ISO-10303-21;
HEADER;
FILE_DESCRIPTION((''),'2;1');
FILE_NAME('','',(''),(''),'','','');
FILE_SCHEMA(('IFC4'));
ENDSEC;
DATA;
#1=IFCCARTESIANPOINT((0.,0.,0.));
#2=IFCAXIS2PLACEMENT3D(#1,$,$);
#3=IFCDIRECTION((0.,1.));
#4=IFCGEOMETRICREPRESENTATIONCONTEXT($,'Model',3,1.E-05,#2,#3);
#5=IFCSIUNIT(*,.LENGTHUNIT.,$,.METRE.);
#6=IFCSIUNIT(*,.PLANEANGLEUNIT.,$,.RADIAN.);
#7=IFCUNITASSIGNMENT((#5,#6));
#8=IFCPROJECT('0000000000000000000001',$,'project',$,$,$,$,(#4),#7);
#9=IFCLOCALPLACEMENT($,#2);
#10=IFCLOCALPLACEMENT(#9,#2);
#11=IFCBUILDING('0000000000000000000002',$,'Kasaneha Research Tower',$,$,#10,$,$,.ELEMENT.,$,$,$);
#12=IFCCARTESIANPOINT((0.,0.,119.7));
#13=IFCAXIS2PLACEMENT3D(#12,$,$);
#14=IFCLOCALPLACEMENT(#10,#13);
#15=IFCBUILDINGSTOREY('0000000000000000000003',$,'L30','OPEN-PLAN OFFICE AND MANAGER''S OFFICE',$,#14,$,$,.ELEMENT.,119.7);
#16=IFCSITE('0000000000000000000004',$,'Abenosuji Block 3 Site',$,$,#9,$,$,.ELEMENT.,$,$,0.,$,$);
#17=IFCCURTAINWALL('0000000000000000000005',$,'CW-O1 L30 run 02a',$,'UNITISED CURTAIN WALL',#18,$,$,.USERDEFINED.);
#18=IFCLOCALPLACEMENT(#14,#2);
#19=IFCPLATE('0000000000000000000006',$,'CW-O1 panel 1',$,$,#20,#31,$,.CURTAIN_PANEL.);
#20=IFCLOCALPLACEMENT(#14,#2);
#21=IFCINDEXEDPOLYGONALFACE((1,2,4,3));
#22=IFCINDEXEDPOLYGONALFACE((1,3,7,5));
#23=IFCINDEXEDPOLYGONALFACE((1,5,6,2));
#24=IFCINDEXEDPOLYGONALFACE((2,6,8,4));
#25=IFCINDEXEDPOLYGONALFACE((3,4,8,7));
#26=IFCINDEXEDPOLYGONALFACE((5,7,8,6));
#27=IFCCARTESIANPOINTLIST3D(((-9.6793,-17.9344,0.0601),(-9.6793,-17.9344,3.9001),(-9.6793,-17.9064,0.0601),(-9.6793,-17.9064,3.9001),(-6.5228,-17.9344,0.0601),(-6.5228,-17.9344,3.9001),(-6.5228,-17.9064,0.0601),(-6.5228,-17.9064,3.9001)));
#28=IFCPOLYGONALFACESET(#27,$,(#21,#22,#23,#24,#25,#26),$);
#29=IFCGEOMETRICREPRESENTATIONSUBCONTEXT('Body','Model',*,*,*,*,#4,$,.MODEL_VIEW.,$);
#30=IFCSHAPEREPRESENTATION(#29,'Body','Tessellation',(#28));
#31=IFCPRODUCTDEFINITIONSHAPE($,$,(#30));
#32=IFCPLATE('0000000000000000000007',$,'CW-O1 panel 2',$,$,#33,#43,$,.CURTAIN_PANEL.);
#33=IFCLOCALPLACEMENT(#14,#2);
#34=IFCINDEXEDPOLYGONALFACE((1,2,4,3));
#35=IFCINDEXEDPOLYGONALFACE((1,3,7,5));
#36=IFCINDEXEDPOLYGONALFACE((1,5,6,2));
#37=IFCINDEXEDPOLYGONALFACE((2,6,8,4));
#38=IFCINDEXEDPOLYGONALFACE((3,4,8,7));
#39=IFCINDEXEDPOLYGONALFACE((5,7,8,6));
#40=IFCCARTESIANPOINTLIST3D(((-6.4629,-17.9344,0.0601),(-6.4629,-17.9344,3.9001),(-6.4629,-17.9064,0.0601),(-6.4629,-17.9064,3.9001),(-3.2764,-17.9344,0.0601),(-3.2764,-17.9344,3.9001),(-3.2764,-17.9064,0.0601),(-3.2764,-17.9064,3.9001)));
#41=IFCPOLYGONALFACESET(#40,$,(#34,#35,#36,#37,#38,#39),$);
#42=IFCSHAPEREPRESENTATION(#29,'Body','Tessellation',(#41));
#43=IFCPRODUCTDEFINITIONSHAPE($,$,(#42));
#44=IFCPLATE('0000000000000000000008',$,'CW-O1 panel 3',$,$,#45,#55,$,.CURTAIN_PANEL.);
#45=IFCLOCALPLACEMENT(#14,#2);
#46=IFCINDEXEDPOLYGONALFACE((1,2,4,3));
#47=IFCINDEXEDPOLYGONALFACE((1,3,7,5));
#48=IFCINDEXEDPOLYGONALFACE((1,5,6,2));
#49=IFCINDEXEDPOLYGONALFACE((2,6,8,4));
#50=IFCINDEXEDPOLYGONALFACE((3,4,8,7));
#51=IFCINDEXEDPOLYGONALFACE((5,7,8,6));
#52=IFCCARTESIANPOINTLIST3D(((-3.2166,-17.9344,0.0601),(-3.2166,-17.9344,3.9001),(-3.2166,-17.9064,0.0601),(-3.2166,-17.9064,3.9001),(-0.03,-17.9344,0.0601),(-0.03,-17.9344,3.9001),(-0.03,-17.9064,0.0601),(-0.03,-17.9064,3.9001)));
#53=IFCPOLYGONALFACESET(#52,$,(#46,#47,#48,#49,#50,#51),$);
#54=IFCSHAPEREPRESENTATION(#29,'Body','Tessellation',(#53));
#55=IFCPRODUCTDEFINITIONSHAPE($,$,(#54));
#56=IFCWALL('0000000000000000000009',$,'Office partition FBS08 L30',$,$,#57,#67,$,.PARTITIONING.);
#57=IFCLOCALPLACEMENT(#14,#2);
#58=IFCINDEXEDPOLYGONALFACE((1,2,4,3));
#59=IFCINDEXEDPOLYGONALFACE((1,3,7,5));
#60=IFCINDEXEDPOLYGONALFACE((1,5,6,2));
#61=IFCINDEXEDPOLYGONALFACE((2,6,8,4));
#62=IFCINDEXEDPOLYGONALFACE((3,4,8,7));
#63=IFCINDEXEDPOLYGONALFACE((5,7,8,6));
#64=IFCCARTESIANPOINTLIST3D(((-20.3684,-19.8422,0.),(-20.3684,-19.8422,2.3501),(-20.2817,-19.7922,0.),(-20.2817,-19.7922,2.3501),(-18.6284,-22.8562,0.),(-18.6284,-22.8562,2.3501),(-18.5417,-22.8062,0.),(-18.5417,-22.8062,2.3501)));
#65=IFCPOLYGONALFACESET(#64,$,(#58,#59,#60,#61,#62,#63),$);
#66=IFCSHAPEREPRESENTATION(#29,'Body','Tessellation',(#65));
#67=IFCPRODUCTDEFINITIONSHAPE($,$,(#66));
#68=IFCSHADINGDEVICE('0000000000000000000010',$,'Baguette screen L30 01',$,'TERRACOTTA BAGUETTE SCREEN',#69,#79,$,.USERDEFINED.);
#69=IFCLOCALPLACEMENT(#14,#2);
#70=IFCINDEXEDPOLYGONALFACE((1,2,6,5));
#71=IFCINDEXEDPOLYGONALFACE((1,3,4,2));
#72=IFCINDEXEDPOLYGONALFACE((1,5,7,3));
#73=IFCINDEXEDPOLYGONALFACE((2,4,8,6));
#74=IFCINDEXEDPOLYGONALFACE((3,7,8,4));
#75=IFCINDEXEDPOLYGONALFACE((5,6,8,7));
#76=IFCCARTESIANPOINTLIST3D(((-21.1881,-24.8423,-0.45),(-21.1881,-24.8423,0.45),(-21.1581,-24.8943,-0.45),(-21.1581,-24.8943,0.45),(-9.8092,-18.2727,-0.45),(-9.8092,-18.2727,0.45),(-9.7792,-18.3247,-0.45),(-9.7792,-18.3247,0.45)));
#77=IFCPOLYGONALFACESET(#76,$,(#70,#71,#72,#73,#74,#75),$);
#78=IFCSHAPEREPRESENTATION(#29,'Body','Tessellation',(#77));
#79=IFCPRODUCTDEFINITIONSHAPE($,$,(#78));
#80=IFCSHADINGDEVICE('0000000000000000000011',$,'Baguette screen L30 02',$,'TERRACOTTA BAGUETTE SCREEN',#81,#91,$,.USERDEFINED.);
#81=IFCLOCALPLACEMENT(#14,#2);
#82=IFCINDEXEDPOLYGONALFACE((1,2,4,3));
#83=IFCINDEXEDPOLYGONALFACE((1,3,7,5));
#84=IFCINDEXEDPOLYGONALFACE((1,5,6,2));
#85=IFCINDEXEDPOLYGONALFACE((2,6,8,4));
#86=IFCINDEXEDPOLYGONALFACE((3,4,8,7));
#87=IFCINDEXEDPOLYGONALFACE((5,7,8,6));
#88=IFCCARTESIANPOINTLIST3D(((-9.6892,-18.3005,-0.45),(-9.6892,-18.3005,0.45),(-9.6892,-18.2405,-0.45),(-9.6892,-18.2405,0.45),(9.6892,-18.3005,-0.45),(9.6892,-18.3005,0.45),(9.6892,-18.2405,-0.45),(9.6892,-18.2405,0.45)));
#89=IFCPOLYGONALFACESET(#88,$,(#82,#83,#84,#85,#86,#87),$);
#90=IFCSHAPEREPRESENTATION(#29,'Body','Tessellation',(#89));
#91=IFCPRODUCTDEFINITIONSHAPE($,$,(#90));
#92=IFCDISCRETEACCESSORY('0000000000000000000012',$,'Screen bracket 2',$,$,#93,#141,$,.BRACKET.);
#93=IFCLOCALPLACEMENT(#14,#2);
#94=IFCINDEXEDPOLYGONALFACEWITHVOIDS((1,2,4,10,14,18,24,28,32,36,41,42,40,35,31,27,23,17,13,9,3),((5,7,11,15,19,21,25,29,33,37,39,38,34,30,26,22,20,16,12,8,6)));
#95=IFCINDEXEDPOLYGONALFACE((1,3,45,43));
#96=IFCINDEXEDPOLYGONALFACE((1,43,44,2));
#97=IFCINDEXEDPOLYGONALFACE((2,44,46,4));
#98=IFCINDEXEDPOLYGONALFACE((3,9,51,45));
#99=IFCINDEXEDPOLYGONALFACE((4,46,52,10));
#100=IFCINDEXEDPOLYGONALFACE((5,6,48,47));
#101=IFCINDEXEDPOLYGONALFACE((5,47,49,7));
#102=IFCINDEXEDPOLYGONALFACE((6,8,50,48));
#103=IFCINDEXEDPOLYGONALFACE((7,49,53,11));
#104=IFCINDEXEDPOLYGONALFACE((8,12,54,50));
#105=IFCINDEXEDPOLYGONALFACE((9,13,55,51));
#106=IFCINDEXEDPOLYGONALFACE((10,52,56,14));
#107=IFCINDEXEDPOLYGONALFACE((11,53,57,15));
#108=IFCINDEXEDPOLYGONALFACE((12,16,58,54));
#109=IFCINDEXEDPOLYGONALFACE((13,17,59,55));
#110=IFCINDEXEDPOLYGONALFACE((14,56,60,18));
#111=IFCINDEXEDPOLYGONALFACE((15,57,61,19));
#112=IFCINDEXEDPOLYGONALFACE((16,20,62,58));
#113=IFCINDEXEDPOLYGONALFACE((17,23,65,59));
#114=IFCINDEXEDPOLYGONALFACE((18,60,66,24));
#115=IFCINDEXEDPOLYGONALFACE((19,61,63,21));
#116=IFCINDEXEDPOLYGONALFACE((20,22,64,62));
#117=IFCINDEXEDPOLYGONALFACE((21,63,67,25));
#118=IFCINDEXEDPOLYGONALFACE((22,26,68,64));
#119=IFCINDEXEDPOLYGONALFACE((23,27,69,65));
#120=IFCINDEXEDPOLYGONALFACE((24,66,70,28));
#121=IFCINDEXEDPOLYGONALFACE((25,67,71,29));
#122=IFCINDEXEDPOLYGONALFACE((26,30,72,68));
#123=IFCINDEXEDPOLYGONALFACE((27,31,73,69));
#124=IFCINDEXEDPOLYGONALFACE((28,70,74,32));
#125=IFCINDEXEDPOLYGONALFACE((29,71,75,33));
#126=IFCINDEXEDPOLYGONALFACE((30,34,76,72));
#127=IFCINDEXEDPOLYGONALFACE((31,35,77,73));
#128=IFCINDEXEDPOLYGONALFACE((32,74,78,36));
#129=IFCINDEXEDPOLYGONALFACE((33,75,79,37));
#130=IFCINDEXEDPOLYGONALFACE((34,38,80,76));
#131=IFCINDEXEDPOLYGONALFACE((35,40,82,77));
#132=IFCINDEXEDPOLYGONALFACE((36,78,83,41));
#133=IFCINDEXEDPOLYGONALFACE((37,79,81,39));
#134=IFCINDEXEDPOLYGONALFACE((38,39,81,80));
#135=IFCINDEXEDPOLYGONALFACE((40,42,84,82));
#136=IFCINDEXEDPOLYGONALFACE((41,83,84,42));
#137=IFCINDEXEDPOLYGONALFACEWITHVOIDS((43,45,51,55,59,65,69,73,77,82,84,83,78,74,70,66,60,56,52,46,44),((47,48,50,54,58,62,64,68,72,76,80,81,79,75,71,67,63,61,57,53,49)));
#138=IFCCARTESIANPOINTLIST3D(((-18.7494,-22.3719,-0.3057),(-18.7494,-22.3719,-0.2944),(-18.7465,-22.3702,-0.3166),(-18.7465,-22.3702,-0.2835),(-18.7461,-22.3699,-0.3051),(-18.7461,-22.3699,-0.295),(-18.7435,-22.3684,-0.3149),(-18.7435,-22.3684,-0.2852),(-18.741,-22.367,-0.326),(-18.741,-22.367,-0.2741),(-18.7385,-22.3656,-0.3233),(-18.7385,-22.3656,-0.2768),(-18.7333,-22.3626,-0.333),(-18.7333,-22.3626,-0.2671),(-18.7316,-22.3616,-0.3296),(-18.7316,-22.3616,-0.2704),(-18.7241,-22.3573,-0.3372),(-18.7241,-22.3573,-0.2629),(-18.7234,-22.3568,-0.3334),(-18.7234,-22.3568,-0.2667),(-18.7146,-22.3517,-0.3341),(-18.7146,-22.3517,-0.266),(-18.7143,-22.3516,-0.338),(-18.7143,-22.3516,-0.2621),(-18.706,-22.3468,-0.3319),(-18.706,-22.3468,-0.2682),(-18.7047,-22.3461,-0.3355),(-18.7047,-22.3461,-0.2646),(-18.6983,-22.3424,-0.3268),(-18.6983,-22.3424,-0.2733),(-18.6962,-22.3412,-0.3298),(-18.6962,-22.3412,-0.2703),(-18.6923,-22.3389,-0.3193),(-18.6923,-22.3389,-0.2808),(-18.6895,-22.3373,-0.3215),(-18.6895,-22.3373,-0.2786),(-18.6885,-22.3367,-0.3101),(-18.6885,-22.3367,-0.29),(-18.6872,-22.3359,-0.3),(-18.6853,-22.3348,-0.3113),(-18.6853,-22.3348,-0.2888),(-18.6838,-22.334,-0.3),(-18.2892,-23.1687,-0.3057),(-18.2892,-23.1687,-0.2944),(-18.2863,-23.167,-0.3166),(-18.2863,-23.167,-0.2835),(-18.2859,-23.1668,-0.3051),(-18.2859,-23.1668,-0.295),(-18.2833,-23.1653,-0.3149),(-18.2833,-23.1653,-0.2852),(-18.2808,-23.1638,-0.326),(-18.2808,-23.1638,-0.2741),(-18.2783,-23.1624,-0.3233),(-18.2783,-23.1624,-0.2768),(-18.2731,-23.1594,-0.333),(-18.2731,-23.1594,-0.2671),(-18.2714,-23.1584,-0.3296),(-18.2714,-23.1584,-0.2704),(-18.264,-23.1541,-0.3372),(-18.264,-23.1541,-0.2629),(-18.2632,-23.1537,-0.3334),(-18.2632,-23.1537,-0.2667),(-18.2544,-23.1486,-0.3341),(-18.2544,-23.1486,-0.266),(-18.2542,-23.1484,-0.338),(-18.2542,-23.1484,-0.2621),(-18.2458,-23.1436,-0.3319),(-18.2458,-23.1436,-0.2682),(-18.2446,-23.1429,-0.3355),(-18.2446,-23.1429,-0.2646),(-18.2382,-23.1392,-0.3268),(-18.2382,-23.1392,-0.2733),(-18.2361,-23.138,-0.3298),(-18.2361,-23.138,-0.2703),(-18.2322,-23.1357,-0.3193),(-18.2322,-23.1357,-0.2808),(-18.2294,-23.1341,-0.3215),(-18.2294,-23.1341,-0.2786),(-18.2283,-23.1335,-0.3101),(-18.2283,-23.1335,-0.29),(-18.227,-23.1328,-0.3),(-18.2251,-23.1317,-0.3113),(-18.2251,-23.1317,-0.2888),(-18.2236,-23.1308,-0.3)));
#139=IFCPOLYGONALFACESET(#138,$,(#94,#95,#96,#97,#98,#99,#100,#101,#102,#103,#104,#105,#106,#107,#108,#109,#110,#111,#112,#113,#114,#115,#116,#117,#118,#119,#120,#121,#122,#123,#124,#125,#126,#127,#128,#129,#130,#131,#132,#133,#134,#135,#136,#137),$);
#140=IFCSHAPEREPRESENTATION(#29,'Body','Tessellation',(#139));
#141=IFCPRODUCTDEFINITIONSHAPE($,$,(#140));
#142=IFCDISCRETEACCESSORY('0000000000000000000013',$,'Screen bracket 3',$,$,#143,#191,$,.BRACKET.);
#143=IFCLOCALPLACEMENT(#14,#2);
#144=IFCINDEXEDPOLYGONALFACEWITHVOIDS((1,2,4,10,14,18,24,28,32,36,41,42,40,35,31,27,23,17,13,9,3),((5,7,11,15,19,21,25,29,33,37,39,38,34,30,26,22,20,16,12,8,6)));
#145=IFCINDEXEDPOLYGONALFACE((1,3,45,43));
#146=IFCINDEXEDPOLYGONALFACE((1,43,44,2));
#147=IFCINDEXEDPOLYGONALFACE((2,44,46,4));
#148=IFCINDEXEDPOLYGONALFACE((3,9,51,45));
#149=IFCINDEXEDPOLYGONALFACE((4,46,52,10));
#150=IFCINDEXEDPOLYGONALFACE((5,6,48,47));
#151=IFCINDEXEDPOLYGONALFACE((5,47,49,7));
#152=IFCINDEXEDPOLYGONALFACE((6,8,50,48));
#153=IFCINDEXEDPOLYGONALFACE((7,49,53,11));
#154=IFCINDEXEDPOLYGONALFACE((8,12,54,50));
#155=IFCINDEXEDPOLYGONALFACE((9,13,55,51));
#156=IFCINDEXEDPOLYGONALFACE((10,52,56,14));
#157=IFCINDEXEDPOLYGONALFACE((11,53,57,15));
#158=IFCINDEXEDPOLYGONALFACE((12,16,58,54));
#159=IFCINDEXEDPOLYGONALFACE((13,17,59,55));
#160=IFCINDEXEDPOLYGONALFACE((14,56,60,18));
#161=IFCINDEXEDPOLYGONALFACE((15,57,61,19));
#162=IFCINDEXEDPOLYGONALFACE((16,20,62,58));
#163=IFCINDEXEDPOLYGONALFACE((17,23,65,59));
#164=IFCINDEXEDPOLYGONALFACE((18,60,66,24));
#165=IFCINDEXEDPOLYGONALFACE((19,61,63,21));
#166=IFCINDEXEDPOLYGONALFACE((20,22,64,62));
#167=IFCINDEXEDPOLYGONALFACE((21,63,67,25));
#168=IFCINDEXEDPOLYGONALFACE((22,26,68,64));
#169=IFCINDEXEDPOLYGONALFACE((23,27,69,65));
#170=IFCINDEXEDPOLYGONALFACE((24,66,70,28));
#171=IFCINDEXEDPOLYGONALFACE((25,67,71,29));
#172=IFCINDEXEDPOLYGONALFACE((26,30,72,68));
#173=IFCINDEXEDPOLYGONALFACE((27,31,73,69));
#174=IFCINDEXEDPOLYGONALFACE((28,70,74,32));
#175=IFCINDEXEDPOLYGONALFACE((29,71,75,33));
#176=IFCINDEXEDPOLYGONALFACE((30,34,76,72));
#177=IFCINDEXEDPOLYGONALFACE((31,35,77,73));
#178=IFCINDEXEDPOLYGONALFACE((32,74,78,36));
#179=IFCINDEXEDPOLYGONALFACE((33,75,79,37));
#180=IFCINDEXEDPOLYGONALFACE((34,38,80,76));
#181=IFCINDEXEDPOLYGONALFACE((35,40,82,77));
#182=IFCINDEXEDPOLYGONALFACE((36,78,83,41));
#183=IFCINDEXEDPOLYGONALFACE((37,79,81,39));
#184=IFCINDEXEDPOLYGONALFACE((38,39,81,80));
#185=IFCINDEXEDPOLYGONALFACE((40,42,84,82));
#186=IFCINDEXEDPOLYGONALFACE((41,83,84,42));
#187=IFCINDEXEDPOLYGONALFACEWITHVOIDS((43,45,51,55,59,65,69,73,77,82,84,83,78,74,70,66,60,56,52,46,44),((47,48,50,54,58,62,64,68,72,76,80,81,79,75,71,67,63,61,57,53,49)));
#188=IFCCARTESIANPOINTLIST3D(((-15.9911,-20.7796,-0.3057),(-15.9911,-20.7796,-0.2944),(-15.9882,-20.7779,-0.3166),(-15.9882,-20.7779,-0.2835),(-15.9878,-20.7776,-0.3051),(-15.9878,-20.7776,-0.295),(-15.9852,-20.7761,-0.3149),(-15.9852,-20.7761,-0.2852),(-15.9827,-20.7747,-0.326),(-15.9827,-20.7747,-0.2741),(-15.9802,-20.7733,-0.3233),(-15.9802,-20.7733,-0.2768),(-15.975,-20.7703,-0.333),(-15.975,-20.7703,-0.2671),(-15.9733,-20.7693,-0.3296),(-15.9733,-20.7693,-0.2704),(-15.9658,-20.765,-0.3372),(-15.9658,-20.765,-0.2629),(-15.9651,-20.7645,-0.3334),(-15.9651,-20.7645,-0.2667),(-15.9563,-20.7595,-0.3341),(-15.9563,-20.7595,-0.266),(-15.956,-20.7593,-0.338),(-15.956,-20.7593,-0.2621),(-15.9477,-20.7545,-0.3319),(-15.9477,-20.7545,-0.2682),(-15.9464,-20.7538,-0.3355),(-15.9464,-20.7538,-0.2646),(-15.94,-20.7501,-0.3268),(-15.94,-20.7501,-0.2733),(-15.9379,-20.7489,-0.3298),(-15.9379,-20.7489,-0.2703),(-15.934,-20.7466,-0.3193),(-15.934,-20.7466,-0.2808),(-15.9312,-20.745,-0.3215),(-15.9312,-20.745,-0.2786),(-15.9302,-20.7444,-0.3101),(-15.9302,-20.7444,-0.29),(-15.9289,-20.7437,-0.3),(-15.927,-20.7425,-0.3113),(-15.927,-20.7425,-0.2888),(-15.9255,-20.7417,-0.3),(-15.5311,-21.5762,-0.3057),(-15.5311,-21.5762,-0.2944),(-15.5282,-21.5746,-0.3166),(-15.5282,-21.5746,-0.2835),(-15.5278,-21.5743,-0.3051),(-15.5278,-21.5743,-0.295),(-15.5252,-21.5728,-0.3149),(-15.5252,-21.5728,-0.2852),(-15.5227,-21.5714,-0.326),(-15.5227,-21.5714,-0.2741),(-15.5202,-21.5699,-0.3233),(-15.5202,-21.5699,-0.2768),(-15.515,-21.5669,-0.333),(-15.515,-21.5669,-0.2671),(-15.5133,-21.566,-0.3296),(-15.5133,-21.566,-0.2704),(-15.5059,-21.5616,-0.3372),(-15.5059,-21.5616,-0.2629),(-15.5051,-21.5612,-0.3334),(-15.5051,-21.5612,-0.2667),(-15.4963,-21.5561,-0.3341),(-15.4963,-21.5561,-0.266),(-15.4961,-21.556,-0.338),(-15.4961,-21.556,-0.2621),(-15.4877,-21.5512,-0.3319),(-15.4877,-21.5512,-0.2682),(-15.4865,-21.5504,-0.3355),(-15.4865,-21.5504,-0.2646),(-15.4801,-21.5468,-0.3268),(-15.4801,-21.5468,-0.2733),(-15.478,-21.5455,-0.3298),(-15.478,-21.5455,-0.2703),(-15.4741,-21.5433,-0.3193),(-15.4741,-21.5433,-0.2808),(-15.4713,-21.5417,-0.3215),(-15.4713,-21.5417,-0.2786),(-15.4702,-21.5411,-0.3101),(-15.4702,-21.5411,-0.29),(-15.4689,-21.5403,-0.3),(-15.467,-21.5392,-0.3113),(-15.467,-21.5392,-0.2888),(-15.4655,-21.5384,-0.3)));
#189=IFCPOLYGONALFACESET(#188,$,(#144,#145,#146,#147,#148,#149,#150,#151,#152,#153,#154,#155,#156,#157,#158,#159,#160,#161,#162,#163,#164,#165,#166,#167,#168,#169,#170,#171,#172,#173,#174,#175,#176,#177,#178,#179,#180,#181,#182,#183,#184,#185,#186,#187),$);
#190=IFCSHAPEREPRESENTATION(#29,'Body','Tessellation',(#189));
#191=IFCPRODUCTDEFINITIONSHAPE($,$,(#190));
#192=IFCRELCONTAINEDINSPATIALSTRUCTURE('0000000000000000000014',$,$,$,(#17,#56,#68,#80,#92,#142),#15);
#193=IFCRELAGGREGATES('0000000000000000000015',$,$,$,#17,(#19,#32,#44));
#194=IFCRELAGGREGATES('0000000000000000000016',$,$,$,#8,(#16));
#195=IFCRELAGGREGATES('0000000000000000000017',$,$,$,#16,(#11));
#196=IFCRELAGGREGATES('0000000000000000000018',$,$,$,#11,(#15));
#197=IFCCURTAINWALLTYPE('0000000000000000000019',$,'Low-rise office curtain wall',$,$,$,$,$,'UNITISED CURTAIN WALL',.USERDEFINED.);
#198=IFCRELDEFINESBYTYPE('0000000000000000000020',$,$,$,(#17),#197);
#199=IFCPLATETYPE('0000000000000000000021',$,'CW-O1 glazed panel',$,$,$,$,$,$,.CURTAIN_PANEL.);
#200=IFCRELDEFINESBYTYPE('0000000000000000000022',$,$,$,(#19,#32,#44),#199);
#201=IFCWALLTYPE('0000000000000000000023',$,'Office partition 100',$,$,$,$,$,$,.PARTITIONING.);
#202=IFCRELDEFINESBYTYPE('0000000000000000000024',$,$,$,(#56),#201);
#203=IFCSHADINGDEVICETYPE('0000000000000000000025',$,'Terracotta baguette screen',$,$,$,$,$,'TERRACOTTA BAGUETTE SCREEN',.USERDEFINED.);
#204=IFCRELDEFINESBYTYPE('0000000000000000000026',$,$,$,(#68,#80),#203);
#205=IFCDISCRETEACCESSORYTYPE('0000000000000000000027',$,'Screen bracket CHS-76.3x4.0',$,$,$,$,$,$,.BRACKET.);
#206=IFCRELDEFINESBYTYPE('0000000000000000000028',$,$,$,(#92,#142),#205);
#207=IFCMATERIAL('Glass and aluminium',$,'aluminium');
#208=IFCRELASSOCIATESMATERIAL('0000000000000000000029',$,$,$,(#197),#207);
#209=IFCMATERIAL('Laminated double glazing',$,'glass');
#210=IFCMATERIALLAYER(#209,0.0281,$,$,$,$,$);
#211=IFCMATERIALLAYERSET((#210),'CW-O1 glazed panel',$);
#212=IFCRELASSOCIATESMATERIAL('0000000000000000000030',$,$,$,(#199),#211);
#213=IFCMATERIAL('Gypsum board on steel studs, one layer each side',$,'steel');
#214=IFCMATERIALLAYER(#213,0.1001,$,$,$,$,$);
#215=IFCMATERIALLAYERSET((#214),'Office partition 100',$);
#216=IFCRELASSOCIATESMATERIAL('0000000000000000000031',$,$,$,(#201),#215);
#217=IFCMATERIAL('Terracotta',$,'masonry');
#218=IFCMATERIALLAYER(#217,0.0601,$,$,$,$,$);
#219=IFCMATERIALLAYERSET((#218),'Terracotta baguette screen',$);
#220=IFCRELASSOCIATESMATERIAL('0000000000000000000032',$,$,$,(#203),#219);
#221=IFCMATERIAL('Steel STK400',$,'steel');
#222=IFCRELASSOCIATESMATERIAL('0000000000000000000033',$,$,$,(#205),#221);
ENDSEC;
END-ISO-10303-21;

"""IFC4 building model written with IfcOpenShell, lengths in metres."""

from ifc_helpers import new_model, si_unit, direction, frame, frame_2d, origin, origin_2d, place, context, subcontext, project, spatial, rectangle, hollow_circle, extrude, material, layer, layer_set, material_profile, profile_set, type_object, element, aggregate, save


model = new_model("IFC4")

# Units and contexts
model_context = context("Model", 3, precision=1e-05, world=origin(), true_north=direction((0.0, 1.0)))
body_context = subcontext(model_context, "Body", "Model", "MODEL_VIEW")
ifc_project = project(units=[si_unit("LENGTHUNIT", "METRE"), si_unit("PLANEANGLEUNIT", "RADIAN")], contexts=[model_context])

# Site, building, storey
site_placement = place(None, origin())
site = spatial("IfcSite", under=ifc_project, at=site_placement, Name="Abenosuji Block 3 Site", CompositionType="ELEMENT", RefElevation=0.0)
building_placement = place(site_placement, origin())
building = spatial("IfcBuilding", under=site, at=building_placement, Name="Kasaneha Research Tower", CompositionType="ELEMENT")
storey_placement = place(building_placement, frame((0.0, 0.0, 119.7)))
storey = spatial("IfcBuildingStorey", under=building, at=storey_placement, Name="L30", Description="OPEN-PLAN OFFICE AND MANAGER'S OFFICE", CompositionType="ELEMENT", Elevation=119.7)

# Curtain wall
ifc_material_1 = material(Name="Glass and aluminium", Category="aluminium")
curtain_wall_type = type_object("IfcCurtainWallType", Name="Low-rise office curtain wall", ElementType="UNITISED CURTAIN WALL", PredefinedType="USERDEFINED", material=ifc_material_1)
curtain_wall_1_placement = place(storey_placement, origin())
curtain_wall_1 = element("IfcCurtainWall", 1, at=curtain_wall_1_placement, inside=storey, type_object=curtain_wall_type, Name="CW-O1 L30 run 02a", ObjectType="UNITISED CURTAIN WALL", PredefinedType="USERDEFINED")

# Plates
ifc_material_2 = material(Name="Laminated double glazing", Category="glass")
ifc_layer_1 = layer(ifc_material_2, 0.0281)
ifc_layer_set_1 = layer_set([ifc_layer_1], Name="CW-O1 glazed panel")
plate_type = type_object("IfcPlateType", Name="CW-O1 glazed panel", PredefinedType="CURTAIN_PANEL", material=ifc_layer_set_1)
plate_1_placement = place(storey_placement, frame((-8.1011, -17.9204, 0.0601), z_axis=(0.0, 0.0, 1.0), x_axis=(1.0, 0.0, 0.0)))
plate_1 = element("IfcPlate", 2, at=plate_1_placement, type_object=plate_type, Name="CW-O1 panel 1", PredefinedType="CURTAIN_PANEL", context=body_context, shape_type="SweptSolid", body=[
    extrude(rectangle(XDim=3.1565, YDim=0.0281, at=origin_2d()), origin(), (0.0, 0.0, 1.0), 3.8401),
])
plate_2_placement = place(storey_placement, frame((-4.8696, -17.9204, 0.0601), z_axis=(0.0, 0.0, 1.0), x_axis=(1.0, 0.0, 0.0)))
plate_2 = element("IfcPlate", 3, at=plate_2_placement, type_object=plate_type, Name="CW-O1 panel 2", PredefinedType="CURTAIN_PANEL", context=body_context, shape_type="SweptSolid", body=[
    extrude(rectangle(XDim=3.1865, YDim=0.0281, at=origin_2d()), origin(), (0.0, 0.0, 1.0), 3.8401),
])
plate_3_placement = place(storey_placement, frame((-1.6233, -17.9204, 0.0601), z_axis=(0.0, 0.0, 1.0), x_axis=(1.0, 0.0, 0.0)))
plate_3 = element("IfcPlate", 4, at=plate_3_placement, type_object=plate_type, Name="CW-O1 panel 3", PredefinedType="CURTAIN_PANEL", context=body_context, shape_type="SweptSolid", body=[
    extrude(rectangle(XDim=3.1865, YDim=0.0281, at=origin_2d()), origin(), (0.0, 0.0, 1.0), 3.8401),
])
aggregate(curtain_wall_1, [plate_1, plate_2, plate_3])

# Wall
ifc_material_3 = material(Name="Gypsum board on steel studs, one layer each side", Category="steel")
ifc_layer_2 = layer(ifc_material_3, 0.1001)
ifc_layer_set_2 = layer_set([ifc_layer_2], Name="Office partition 100")
wall_type = type_object("IfcWallType", Name="Office partition 100", PredefinedType="PARTITIONING", material=ifc_layer_set_2)
wall_placement = place(storey_placement, frame((-18.585, -22.8313, 0.0), z_axis=(0.0, 0.0, 1.0), x_axis=(-0.49998, 0.866037, 0.0)))
element("IfcWall", 5, at=wall_placement, inside=storey, type_object=wall_type, Name="Office partition FBS08 L30", PredefinedType="PARTITIONING", context=body_context, shape_type="SweptSolid", body=[
    extrude(rectangle(XDim=3.4802, YDim=0.1001, at=frame_2d((1.7402, 0.0))), origin(), (0.0, 0.0, 1.0), 2.3501),
])

# Shading devices
ifc_material_4 = material(Name="Terracotta", Category="masonry")
ifc_layer_3 = layer(ifc_material_4, 0.0601)
ifc_layer_set_3 = layer_set([ifc_layer_3], Name="Terracotta baguette screen")
shading_device_type = type_object("IfcShadingDeviceType", Name="Terracotta baguette screen", ElementType="TERRACOTTA BAGUETTE SCREEN", PredefinedType="USERDEFINED", material=ifc_layer_set_3)
shading_device_1_placement = place(storey_placement, frame((-15.4836, -21.5835, -0.45), z_axis=(0.0, 0.0, 1.0), x_axis=(0.866025, 0.5, 0.0)))
element("IfcShadingDevice", 6, at=shading_device_1_placement, inside=storey, type_object=shading_device_type, Name="Baguette screen L30 01", ObjectType="TERRACOTTA BAGUETTE SCREEN", PredefinedType="USERDEFINED", context=body_context, shape_type="SweptSolid", body=[
    extrude(rectangle(XDim=13.1392, YDim=0.0601, at=origin_2d()), origin(), (0.0, 0.0, 1.0), 0.8999),
])
shading_device_2_placement = place(storey_placement, frame((0.0, -18.2705, -0.45), z_axis=(0.0, 0.0, 1.0), x_axis=(1.0, 0.0, 0.0)))
element("IfcShadingDevice", 7, at=shading_device_2_placement, inside=storey, type_object=shading_device_type, Name="Baguette screen L30 02", ObjectType="TERRACOTTA BAGUETTE SCREEN", PredefinedType="USERDEFINED", context=body_context, shape_type="SweptSolid", body=[
    extrude(rectangle(XDim=19.3784, YDim=0.0601, at=origin_2d()), origin(), (0.0, 0.0, 1.0), 0.8999),
])

# Discrete accessories
ifc_material_5 = material(Name="Steel STK400", Category="steel")
ifc_material_profile_1 = material_profile(ifc_material_5, hollow_circle(Radius=0.0381, WallThickness=0.0039, at=origin_2d()), Name="CHS-76.3x4.0")
ifc_profile_set_1 = profile_set([ifc_material_profile_1], Name="Steel STK400")
discrete_accessory_type = type_object("IfcDiscreteAccessoryType", Name="Screen bracket CHS-76.3x4.0", PredefinedType="BRACKET", material=ifc_profile_set_1)
discrete_accessory_1_placement = place(storey_placement, frame((-18.7168, -22.353, -0.3), z_axis=(0.500105, -0.865965, 0.0), x_axis=(0.865965, 0.500105, 0.0)))
element("IfcDiscreteAccessory", 8, at=discrete_accessory_1_placement, inside=storey, type_object=discrete_accessory_type, Name="Screen bracket 2", PredefinedType="BRACKET", context=body_context, shape_type="SweptSolid", body=[
    extrude(hollow_circle(Radius=0.0381, WallThickness=0.0039, at=origin_2d()), origin(), (0.0, 0.0, 1.0), 0.9202),
])
discrete_accessory_2_placement = place(storey_placement, frame((-15.9585, -20.7607, -0.3), z_axis=(0.500021, -0.866013, 0.0), x_axis=(0.866013, 0.500021, 0.0)))
element("IfcDiscreteAccessory", 9, at=discrete_accessory_2_placement, inside=storey, type_object=discrete_accessory_type, Name="Screen bracket 3", PredefinedType="BRACKET", context=body_context, shape_type="SweptSolid", body=[
    extrude(hollow_circle(Radius=0.0381, WallThickness=0.0039, at=origin_2d()), origin(), (0.0, 0.0, 1.0), 0.9199),
])

save(model, "model.ifc")
